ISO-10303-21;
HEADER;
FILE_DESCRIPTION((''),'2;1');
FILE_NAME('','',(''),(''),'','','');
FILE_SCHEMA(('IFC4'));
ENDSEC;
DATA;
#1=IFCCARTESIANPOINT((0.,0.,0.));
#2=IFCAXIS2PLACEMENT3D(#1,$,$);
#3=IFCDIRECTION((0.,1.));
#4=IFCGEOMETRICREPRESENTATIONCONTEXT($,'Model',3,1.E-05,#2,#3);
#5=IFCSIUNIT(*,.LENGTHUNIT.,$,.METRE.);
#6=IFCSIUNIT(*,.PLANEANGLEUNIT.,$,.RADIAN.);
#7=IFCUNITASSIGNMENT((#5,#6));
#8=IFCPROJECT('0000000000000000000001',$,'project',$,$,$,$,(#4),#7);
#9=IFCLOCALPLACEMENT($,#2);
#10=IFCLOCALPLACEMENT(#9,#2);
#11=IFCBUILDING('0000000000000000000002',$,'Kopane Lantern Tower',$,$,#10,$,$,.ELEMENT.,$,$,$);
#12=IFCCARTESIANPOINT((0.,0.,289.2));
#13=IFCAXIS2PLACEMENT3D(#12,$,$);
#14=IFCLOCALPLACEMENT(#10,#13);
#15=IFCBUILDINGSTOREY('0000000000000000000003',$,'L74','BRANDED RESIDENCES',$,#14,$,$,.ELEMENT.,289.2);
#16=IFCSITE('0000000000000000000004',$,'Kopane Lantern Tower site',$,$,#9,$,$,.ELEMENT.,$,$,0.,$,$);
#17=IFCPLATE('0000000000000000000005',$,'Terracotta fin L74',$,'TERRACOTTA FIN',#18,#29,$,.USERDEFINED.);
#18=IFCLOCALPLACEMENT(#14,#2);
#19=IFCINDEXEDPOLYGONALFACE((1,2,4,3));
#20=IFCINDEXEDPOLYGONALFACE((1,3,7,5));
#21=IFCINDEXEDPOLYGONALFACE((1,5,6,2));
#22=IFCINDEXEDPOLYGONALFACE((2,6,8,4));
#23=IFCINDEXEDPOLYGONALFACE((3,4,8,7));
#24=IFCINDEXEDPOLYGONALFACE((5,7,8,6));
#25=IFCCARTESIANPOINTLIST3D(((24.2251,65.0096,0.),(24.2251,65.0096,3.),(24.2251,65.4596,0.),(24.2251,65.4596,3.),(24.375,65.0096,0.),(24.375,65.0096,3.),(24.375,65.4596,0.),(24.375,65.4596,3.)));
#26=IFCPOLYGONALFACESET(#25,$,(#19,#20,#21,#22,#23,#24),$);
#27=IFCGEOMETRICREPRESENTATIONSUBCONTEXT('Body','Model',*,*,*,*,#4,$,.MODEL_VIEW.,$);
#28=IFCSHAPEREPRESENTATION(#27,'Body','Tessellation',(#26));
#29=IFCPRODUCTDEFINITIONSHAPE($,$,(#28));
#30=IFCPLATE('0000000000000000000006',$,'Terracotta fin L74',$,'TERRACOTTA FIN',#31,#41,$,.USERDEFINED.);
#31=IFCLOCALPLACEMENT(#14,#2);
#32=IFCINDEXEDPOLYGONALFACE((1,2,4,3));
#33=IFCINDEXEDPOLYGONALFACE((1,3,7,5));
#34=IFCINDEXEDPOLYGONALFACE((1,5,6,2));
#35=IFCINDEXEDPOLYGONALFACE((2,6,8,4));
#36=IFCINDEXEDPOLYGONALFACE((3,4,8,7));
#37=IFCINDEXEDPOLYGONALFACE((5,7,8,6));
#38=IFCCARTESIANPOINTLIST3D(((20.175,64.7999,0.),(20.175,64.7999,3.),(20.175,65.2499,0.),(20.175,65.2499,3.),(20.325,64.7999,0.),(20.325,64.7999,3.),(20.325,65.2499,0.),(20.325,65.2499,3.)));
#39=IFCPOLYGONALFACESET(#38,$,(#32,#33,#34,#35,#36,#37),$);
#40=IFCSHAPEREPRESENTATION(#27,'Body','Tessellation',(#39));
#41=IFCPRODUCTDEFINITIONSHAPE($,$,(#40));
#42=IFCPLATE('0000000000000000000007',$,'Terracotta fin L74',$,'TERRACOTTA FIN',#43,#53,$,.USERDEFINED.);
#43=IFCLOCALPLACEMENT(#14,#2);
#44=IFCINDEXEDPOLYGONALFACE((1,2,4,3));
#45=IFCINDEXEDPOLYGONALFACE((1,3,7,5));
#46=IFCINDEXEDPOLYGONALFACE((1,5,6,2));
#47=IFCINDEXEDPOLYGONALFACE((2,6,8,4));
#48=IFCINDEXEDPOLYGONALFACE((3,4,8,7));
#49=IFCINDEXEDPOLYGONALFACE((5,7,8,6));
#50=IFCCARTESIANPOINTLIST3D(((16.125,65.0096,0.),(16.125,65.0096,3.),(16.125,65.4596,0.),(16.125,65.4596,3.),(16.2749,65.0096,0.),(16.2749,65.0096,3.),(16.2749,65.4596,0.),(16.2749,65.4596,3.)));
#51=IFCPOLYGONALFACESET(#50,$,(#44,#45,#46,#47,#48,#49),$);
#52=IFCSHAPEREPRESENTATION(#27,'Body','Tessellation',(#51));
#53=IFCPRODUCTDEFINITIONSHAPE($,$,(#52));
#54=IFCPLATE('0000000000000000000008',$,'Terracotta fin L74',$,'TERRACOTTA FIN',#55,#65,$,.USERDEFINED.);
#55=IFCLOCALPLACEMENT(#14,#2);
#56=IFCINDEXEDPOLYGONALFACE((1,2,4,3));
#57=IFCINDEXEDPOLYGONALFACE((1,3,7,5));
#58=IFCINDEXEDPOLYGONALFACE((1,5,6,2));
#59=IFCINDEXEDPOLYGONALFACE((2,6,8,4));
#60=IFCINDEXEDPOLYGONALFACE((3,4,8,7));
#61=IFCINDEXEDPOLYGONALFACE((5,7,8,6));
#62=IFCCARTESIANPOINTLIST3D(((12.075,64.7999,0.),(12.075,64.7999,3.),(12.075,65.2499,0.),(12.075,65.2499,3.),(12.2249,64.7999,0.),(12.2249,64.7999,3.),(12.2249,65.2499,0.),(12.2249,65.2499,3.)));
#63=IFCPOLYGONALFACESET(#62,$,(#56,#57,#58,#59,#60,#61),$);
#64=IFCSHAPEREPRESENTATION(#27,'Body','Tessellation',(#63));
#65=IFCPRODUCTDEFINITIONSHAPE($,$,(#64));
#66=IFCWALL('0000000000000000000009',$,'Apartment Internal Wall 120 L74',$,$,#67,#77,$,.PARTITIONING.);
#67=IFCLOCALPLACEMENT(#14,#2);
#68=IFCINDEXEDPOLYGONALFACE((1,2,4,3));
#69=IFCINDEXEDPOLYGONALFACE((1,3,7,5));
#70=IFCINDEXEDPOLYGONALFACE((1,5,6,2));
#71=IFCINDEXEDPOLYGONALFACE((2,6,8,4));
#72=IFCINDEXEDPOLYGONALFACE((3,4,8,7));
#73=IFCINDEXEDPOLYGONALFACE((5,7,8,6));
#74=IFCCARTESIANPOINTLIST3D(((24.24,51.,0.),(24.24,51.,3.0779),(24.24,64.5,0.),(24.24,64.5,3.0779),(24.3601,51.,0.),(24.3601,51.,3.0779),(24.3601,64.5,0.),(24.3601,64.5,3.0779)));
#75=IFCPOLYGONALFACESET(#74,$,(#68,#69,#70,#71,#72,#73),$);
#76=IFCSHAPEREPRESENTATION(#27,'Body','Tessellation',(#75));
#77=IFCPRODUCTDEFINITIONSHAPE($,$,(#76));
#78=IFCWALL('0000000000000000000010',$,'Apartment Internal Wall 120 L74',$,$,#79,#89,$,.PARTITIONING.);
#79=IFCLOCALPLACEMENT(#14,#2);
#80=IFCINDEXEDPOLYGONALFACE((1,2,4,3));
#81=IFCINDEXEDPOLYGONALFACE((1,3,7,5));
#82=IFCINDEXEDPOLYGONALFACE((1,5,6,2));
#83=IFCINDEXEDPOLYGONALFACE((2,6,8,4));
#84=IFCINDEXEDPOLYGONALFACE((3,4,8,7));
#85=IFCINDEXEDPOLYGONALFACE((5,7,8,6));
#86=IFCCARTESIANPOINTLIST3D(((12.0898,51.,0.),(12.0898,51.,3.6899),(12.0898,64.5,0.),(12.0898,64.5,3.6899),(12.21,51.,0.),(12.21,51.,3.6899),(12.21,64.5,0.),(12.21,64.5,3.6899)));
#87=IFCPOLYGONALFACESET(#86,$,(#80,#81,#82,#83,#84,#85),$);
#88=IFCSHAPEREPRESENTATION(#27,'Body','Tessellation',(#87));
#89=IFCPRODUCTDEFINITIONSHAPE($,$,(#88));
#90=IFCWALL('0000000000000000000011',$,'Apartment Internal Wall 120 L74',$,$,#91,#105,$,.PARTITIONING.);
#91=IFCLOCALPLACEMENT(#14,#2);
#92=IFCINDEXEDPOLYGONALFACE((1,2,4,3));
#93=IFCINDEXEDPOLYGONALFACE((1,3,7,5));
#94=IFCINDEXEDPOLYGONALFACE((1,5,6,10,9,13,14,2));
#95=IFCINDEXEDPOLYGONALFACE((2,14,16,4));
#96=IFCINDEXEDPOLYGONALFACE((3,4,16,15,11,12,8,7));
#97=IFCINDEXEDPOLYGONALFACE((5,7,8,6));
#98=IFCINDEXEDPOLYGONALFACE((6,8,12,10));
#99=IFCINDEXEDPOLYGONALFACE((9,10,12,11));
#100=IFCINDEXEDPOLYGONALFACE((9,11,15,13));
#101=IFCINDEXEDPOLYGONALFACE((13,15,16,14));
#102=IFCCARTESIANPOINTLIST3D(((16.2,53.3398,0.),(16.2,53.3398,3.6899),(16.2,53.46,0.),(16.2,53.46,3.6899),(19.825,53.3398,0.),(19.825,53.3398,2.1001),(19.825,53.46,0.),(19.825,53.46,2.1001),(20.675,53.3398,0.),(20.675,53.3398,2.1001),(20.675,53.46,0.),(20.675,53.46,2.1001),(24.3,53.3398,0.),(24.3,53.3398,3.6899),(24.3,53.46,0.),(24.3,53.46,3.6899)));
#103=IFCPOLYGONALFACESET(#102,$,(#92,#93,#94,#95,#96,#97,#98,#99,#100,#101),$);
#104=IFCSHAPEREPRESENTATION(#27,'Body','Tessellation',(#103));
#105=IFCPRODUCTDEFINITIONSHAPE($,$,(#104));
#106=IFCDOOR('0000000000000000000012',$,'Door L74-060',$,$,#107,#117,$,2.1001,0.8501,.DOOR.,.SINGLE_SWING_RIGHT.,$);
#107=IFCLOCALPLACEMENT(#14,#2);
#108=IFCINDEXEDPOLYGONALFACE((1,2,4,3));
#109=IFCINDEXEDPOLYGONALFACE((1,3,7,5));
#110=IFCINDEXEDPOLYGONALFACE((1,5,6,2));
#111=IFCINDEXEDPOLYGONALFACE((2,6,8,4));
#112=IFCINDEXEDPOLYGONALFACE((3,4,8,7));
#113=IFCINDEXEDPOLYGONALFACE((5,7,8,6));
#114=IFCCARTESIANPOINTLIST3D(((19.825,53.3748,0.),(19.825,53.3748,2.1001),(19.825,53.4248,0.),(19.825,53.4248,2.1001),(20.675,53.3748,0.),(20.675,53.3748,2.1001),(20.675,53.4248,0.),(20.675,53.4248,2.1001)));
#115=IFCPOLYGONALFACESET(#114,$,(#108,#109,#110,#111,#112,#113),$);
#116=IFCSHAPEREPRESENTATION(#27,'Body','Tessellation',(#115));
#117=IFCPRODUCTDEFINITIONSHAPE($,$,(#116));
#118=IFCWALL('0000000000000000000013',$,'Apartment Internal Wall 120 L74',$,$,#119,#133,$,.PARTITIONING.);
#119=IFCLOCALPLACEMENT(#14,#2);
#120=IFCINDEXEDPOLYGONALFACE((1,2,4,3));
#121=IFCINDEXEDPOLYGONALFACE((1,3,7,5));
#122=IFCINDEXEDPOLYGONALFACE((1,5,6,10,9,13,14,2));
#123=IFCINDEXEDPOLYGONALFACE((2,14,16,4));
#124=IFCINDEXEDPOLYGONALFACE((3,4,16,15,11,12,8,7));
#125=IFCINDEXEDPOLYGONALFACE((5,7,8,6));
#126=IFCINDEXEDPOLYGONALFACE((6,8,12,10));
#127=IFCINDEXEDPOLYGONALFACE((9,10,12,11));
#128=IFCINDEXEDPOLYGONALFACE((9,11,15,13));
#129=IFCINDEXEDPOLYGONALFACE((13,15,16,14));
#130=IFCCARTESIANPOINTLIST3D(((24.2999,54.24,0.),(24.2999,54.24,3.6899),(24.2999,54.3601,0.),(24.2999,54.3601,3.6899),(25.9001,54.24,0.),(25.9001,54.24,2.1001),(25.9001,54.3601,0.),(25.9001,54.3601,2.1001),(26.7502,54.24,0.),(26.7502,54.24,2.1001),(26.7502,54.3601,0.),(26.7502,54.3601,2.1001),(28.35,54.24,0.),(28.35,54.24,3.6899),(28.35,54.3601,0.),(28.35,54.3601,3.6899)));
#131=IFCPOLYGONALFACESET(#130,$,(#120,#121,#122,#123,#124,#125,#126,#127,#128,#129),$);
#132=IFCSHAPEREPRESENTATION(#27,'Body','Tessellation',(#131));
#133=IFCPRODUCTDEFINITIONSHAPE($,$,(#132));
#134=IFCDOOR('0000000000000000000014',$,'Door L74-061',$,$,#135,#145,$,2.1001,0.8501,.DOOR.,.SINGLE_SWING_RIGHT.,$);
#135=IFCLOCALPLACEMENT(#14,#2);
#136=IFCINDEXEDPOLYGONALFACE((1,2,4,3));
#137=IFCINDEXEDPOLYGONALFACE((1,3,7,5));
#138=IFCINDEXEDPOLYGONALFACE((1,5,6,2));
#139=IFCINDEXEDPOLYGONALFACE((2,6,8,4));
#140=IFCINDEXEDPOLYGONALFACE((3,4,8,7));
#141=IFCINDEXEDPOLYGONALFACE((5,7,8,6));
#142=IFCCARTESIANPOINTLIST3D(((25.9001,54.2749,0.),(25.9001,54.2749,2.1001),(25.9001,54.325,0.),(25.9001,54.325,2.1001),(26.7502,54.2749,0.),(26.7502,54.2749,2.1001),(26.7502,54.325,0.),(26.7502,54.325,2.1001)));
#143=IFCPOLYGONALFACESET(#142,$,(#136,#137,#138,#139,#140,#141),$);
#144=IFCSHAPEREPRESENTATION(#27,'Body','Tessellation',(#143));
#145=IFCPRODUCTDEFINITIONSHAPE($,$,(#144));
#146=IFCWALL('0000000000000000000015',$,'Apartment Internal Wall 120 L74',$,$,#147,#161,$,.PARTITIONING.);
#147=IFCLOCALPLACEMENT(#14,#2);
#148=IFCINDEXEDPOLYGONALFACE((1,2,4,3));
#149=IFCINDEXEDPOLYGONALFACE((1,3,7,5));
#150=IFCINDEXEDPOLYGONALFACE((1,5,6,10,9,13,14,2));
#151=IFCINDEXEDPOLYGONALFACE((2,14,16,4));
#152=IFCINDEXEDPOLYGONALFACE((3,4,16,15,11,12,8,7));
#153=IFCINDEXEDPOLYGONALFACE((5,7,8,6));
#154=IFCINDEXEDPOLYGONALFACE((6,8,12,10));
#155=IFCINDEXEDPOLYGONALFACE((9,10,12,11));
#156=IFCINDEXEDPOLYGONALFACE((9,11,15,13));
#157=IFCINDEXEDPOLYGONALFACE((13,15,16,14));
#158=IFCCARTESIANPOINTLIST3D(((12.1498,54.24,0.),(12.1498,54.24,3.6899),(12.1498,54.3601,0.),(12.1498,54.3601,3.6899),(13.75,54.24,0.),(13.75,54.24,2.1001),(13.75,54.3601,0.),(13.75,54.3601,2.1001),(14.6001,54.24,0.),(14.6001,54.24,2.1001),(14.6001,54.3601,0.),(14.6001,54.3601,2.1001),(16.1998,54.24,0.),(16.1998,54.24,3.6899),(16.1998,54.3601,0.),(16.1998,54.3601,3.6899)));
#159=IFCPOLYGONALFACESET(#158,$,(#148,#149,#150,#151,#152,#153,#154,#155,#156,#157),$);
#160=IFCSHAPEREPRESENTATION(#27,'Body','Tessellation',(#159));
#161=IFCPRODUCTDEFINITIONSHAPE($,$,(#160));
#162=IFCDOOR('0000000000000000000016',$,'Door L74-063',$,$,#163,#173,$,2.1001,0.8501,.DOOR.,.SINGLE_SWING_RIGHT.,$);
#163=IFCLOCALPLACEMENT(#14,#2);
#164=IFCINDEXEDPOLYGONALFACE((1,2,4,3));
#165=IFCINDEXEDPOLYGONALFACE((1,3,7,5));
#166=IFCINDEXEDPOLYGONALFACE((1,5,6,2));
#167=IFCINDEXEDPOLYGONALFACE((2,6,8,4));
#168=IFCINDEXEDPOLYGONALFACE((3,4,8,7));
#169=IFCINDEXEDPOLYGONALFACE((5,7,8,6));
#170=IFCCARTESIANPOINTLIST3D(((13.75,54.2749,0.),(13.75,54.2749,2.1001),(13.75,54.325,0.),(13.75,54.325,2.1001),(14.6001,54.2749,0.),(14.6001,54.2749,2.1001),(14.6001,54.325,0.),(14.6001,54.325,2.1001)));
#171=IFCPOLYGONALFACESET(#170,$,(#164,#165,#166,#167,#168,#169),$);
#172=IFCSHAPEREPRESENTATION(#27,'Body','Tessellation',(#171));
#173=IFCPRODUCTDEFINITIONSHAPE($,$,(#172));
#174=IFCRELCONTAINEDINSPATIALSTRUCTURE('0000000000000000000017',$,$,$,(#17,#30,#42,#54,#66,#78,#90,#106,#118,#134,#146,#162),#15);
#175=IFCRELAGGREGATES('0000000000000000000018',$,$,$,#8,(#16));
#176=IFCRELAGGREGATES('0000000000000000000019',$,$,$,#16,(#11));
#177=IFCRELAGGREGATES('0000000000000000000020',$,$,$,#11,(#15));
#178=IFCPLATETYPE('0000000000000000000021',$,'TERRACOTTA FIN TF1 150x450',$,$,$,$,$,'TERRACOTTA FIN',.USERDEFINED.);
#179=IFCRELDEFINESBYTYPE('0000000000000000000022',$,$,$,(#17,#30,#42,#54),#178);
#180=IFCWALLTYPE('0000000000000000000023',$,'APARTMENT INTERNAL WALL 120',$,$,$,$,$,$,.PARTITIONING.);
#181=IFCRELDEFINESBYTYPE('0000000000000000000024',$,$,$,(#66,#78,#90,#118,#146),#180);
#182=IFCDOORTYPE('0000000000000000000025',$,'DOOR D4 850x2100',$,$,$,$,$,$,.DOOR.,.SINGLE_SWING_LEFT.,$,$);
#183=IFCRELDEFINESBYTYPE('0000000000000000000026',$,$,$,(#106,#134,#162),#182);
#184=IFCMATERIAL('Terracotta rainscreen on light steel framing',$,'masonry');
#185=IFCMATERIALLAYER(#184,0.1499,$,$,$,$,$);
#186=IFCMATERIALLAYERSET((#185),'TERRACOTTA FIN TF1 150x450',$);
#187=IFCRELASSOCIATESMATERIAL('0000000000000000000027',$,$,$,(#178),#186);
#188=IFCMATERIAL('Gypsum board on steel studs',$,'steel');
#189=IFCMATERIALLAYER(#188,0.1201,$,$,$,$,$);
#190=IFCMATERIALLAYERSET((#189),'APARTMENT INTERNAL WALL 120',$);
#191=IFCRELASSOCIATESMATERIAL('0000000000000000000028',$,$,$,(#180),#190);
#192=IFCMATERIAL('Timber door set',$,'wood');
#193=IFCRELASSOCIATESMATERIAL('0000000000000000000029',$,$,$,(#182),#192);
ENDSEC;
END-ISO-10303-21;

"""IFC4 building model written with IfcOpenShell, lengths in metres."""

from ifc_helpers import new_model, si_unit, direction, frame, frame_2d, origin, origin_2d, place, context, subcontext, project, spatial, rectangle, extrude, material, layer, layer_set, type_object, element, fill, save


model = new_model("IFC4")

# Units and contexts
model_context = context("Model", 3, precision=1e-05, world=origin(), true_north=direction((0.0, 1.0)))
body_context = subcontext(model_context, "Body", "Model", "MODEL_VIEW")
ifc_project = project(units=[si_unit("LENGTHUNIT", "METRE"), si_unit("PLANEANGLEUNIT", "RADIAN")], contexts=[model_context])

# Site, building, storey
site_placement = place(None, origin())
site = spatial("IfcSite", under=ifc_project, at=site_placement, Name="Kopane Lantern Tower site", CompositionType="ELEMENT", RefElevation=0.0)
building_placement = place(site_placement, origin())
building = spatial("IfcBuilding", under=site, at=building_placement, Name="Kopane Lantern Tower", CompositionType="ELEMENT")
storey_placement = place(building_placement, frame((0.0, 0.0, 289.2)))
storey = spatial("IfcBuildingStorey", under=building, at=storey_placement, Name="L74", Description="BRANDED RESIDENCES", CompositionType="ELEMENT", Elevation=289.2)

# Plates
ifc_material_1 = material(Name="Terracotta rainscreen on light steel framing", Category="masonry")
ifc_layer_1 = layer(ifc_material_1, 0.1499)
ifc_layer_set_1 = layer_set([ifc_layer_1], Name="TERRACOTTA FIN TF1 150x450")
plate_type = type_object("IfcPlateType", Name="TERRACOTTA FIN TF1 150x450", ElementType="TERRACOTTA FIN", PredefinedType="USERDEFINED", material=ifc_layer_set_1)
for number, where, z_axis, x_axis, name in (
    (1, (24.3, 65.2346, 0.0), (0.0, 0.0, 1.0), (-1.0, 0.0, 0.0), "Terracotta fin L74"),
    (2, (20.25, 65.0249, 0.0), (0.0, 0.0, 1.0), (-1.0, 0.0, 0.0), "Terracotta fin L74"),
    (3, (16.2, 65.2346, 0.0), (0.0, 0.0, 1.0), (-1.0, 0.0, 0.0), "Terracotta fin L74"),
    (4, (12.1499, 65.0249, 0.0), (0.0, 0.0, 1.0), (-1.0, 0.0, 0.0), "Terracotta fin L74"),
):
    element("IfcPlate", number, at=place(storey_placement, frame(where, z_axis=z_axis, x_axis=x_axis)), inside=storey, type_object=plate_type, Name=name, ObjectType="TERRACOTTA FIN", PredefinedType="USERDEFINED", context=body_context, shape_type="SweptSolid", body=[
        extrude(rectangle(XDim=0.1499, YDim=0.45, at=origin_2d()), origin(), (0.0, 0.0, 1.0), 3.0),
    ])

# Walls
ifc_material_2 = material(Name="Gypsum board on steel studs", Category="steel")
ifc_layer_2 = layer(ifc_material_2, 0.1201)
ifc_layer_set_2 = layer_set([ifc_layer_2], Name="APARTMENT INTERNAL WALL 120")
wall_type_1 = type_object("IfcWallType", Name="APARTMENT INTERNAL WALL 120", PredefinedType="PARTITIONING", material=ifc_layer_set_2)
wall_1_placement = place(storey_placement, frame((24.3, 51.0, 0.0), z_axis=(0.0, 0.0, 1.0), x_axis=(0.0, 1.0, 0.0)))
element("IfcWall", 5, at=wall_1_placement, inside=storey, type_object=wall_type_1, Name="Apartment Internal Wall 120 L74", PredefinedType="PARTITIONING", context=body_context, shape_type="SweptSolid", body=[
    extrude(rectangle(XDim=13.5, YDim=0.1201, at=frame_2d((6.75, 0.0))), origin(), (0.0, 0.0, 1.0), 3.0779),
])
wall_2_placement = place(storey_placement, frame((12.1499, 51.0, 0.0), z_axis=(0.0, 0.0, 1.0), x_axis=(0.0, 1.0, 0.0)))
element("IfcWall", 6, at=wall_2_placement, inside=storey, type_object=wall_type_1, Name="Apartment Internal Wall 120 L74", PredefinedType="PARTITIONING", context=body_context, shape_type="SweptSolid", body=[
    extrude(rectangle(XDim=13.5, YDim=0.1201, at=frame_2d((6.75, 0.0))), origin(), (0.0, 0.0, 1.0), 3.6899),
])

# Walls, openings, doors
wall_3_placement = place(storey_placement, frame((16.2, 53.3999, 0.0), z_axis=(0.0, 0.0, 1.0), x_axis=(1.0, 0.0, 0.0)))
wall_3 = element("IfcWall", 7, at=wall_3_placement, inside=storey, type_object=wall_type_1, Name="Apartment Internal Wall 120 L74", PredefinedType="PARTITIONING", context=body_context, shape_type="SweptSolid", body=[
    extrude(rectangle(XDim=8.1001, YDim=0.1201, at=frame_2d((4.05, 0.0))), origin(), (0.0, 0.0, 1.0), 3.6899),
])
opening_1_placement = place(wall_3_placement, frame((3.625, 0.0, 0.0)))
opening_1 = element("IfcOpeningElement", 8, at=opening_1_placement, cuts=wall_3, PredefinedType="OPENING", context=body_context, shape_type="SweptSolid", body=[
    extrude(rectangle(XDim=0.8501, YDim=2.1001, at=frame_2d((0.425, 1.05))), frame((0.0, 0.0701, 0.0), z_axis=(0.0, -1.0, 0.0), x_axis=(1.0, 0.0, 0.0)), (0.0, 0.0, 1.0), 0.1401),
])
ifc_material_3 = material(Name="Timber door set", Category="wood")
door_type_1 = type_object("IfcDoorType", Name="DOOR D4 850x2100", OperationType="SINGLE_SWING_LEFT", PredefinedType="DOOR", material=ifc_material_3)
door_1_placement = place(opening_1_placement, origin())
door_1 = element("IfcDoor", 9, at=door_1_placement, inside=storey, type_object=door_type_1, Name="Door L74-060", OperationType="SINGLE_SWING_RIGHT", OverallHeight=2.1001, OverallWidth=0.8501, PredefinedType="DOOR", context=body_context, shape_type="SweptSolid", body=[
    extrude(rectangle(XDim=0.8501, YDim=2.1001, at=frame_2d((0.425, 1.05))), frame((0.0, 0.0249, 0.0), z_axis=(0.0, -1.0, 0.0), x_axis=(1.0, 0.0, 0.0)), (0.0, 0.0, 1.0), 0.05),
])
fill(opening_1, door_1)
wall_4_placement = place(storey_placement, frame((24.3, 54.3, 0.0), z_axis=(0.0, 0.0, 1.0), x_axis=(1.0, 0.0, 0.0)))
wall_4 = element("IfcWall", 10, at=wall_4_placement, inside=storey, type_object=wall_type_1, Name="Apartment Internal Wall 120 L74", PredefinedType="PARTITIONING", context=body_context, shape_type="SweptSolid", body=[
    extrude(rectangle(XDim=4.05, YDim=0.1201, at=frame_2d((2.0249, 0.0))), origin(), (0.0, 0.0, 1.0), 3.6899),
])
opening_2_placement = place(wall_4_placement, frame((1.6001, 0.0, 0.0)))
opening_2 = element("IfcOpeningElement", 11, at=opening_2_placement, cuts=wall_4, PredefinedType="OPENING", context=body_context, shape_type="SweptSolid", body=[
    extrude(rectangle(XDim=0.8501, YDim=2.1001, at=frame_2d((0.425, 1.05))), frame((0.0, 0.0701, 0.0), z_axis=(0.0, -1.0, 0.0), x_axis=(1.0, 0.0, 0.0)), (0.0, 0.0, 1.0), 0.1401),
])
door_2_placement = place(opening_2_placement, origin())
door_2 = element("IfcDoor", 12, at=door_2_placement, inside=storey, type_object=door_type_1, Name="Door L74-061", OperationType="SINGLE_SWING_RIGHT", OverallHeight=2.1001, OverallWidth=0.8501, PredefinedType="DOOR", context=body_context, shape_type="SweptSolid", body=[
    extrude(rectangle(XDim=0.8501, YDim=2.1001, at=frame_2d((0.425, 1.05))), frame((0.0, 0.0249, 0.0), z_axis=(0.0, -1.0, 0.0), x_axis=(1.0, 0.0, 0.0)), (0.0, 0.0, 1.0), 0.05),
])
fill(opening_2, door_2)
wall_5_placement = place(storey_placement, frame((12.1499, 54.3, 0.0), z_axis=(0.0, 0.0, 1.0), x_axis=(1.0, 0.0, 0.0)))
wall_5 = element("IfcWall", 13, at=wall_5_placement, inside=storey, type_object=wall_type_1, Name="Apartment Internal Wall 120 L74", PredefinedType="PARTITIONING", context=body_context, shape_type="SweptSolid", body=[
    extrude(rectangle(XDim=4.05, YDim=0.1201, at=frame_2d((2.0249, 0.0))), origin(), (0.0, 0.0, 1.0), 3.6899),
])
opening_3_placement = place(wall_5_placement, frame((1.6001, 0.0, 0.0)))
opening_3 = element("IfcOpeningElement", 14, at=opening_3_placement, cuts=wall_5, PredefinedType="OPENING", context=body_context, shape_type="SweptSolid", body=[
    extrude(rectangle(XDim=0.8501, YDim=2.1001, at=frame_2d((0.425, 1.05))), frame((0.0, 0.0701, 0.0), z_axis=(0.0, -1.0, 0.0), x_axis=(1.0, 0.0, 0.0)), (0.0, 0.0, 1.0), 0.1401),
])
door_3_placement = place(opening_3_placement, origin())
door_3 = element("IfcDoor", 15, at=door_3_placement, inside=storey, type_object=door_type_1, Name="Door L74-063", OperationType="SINGLE_SWING_RIGHT", OverallHeight=2.1001, OverallWidth=0.8501, PredefinedType="DOOR", context=body_context, shape_type="SweptSolid", body=[
    extrude(rectangle(XDim=0.8501, YDim=2.1001, at=frame_2d((0.425, 1.05))), frame((0.0, 0.0249, 0.0), z_axis=(0.0, -1.0, 0.0), x_axis=(1.0, 0.0, 0.0)), (0.0, 0.0, 1.0), 0.05),
])
fill(opening_3, door_3)

save(model, "model.ifc")
